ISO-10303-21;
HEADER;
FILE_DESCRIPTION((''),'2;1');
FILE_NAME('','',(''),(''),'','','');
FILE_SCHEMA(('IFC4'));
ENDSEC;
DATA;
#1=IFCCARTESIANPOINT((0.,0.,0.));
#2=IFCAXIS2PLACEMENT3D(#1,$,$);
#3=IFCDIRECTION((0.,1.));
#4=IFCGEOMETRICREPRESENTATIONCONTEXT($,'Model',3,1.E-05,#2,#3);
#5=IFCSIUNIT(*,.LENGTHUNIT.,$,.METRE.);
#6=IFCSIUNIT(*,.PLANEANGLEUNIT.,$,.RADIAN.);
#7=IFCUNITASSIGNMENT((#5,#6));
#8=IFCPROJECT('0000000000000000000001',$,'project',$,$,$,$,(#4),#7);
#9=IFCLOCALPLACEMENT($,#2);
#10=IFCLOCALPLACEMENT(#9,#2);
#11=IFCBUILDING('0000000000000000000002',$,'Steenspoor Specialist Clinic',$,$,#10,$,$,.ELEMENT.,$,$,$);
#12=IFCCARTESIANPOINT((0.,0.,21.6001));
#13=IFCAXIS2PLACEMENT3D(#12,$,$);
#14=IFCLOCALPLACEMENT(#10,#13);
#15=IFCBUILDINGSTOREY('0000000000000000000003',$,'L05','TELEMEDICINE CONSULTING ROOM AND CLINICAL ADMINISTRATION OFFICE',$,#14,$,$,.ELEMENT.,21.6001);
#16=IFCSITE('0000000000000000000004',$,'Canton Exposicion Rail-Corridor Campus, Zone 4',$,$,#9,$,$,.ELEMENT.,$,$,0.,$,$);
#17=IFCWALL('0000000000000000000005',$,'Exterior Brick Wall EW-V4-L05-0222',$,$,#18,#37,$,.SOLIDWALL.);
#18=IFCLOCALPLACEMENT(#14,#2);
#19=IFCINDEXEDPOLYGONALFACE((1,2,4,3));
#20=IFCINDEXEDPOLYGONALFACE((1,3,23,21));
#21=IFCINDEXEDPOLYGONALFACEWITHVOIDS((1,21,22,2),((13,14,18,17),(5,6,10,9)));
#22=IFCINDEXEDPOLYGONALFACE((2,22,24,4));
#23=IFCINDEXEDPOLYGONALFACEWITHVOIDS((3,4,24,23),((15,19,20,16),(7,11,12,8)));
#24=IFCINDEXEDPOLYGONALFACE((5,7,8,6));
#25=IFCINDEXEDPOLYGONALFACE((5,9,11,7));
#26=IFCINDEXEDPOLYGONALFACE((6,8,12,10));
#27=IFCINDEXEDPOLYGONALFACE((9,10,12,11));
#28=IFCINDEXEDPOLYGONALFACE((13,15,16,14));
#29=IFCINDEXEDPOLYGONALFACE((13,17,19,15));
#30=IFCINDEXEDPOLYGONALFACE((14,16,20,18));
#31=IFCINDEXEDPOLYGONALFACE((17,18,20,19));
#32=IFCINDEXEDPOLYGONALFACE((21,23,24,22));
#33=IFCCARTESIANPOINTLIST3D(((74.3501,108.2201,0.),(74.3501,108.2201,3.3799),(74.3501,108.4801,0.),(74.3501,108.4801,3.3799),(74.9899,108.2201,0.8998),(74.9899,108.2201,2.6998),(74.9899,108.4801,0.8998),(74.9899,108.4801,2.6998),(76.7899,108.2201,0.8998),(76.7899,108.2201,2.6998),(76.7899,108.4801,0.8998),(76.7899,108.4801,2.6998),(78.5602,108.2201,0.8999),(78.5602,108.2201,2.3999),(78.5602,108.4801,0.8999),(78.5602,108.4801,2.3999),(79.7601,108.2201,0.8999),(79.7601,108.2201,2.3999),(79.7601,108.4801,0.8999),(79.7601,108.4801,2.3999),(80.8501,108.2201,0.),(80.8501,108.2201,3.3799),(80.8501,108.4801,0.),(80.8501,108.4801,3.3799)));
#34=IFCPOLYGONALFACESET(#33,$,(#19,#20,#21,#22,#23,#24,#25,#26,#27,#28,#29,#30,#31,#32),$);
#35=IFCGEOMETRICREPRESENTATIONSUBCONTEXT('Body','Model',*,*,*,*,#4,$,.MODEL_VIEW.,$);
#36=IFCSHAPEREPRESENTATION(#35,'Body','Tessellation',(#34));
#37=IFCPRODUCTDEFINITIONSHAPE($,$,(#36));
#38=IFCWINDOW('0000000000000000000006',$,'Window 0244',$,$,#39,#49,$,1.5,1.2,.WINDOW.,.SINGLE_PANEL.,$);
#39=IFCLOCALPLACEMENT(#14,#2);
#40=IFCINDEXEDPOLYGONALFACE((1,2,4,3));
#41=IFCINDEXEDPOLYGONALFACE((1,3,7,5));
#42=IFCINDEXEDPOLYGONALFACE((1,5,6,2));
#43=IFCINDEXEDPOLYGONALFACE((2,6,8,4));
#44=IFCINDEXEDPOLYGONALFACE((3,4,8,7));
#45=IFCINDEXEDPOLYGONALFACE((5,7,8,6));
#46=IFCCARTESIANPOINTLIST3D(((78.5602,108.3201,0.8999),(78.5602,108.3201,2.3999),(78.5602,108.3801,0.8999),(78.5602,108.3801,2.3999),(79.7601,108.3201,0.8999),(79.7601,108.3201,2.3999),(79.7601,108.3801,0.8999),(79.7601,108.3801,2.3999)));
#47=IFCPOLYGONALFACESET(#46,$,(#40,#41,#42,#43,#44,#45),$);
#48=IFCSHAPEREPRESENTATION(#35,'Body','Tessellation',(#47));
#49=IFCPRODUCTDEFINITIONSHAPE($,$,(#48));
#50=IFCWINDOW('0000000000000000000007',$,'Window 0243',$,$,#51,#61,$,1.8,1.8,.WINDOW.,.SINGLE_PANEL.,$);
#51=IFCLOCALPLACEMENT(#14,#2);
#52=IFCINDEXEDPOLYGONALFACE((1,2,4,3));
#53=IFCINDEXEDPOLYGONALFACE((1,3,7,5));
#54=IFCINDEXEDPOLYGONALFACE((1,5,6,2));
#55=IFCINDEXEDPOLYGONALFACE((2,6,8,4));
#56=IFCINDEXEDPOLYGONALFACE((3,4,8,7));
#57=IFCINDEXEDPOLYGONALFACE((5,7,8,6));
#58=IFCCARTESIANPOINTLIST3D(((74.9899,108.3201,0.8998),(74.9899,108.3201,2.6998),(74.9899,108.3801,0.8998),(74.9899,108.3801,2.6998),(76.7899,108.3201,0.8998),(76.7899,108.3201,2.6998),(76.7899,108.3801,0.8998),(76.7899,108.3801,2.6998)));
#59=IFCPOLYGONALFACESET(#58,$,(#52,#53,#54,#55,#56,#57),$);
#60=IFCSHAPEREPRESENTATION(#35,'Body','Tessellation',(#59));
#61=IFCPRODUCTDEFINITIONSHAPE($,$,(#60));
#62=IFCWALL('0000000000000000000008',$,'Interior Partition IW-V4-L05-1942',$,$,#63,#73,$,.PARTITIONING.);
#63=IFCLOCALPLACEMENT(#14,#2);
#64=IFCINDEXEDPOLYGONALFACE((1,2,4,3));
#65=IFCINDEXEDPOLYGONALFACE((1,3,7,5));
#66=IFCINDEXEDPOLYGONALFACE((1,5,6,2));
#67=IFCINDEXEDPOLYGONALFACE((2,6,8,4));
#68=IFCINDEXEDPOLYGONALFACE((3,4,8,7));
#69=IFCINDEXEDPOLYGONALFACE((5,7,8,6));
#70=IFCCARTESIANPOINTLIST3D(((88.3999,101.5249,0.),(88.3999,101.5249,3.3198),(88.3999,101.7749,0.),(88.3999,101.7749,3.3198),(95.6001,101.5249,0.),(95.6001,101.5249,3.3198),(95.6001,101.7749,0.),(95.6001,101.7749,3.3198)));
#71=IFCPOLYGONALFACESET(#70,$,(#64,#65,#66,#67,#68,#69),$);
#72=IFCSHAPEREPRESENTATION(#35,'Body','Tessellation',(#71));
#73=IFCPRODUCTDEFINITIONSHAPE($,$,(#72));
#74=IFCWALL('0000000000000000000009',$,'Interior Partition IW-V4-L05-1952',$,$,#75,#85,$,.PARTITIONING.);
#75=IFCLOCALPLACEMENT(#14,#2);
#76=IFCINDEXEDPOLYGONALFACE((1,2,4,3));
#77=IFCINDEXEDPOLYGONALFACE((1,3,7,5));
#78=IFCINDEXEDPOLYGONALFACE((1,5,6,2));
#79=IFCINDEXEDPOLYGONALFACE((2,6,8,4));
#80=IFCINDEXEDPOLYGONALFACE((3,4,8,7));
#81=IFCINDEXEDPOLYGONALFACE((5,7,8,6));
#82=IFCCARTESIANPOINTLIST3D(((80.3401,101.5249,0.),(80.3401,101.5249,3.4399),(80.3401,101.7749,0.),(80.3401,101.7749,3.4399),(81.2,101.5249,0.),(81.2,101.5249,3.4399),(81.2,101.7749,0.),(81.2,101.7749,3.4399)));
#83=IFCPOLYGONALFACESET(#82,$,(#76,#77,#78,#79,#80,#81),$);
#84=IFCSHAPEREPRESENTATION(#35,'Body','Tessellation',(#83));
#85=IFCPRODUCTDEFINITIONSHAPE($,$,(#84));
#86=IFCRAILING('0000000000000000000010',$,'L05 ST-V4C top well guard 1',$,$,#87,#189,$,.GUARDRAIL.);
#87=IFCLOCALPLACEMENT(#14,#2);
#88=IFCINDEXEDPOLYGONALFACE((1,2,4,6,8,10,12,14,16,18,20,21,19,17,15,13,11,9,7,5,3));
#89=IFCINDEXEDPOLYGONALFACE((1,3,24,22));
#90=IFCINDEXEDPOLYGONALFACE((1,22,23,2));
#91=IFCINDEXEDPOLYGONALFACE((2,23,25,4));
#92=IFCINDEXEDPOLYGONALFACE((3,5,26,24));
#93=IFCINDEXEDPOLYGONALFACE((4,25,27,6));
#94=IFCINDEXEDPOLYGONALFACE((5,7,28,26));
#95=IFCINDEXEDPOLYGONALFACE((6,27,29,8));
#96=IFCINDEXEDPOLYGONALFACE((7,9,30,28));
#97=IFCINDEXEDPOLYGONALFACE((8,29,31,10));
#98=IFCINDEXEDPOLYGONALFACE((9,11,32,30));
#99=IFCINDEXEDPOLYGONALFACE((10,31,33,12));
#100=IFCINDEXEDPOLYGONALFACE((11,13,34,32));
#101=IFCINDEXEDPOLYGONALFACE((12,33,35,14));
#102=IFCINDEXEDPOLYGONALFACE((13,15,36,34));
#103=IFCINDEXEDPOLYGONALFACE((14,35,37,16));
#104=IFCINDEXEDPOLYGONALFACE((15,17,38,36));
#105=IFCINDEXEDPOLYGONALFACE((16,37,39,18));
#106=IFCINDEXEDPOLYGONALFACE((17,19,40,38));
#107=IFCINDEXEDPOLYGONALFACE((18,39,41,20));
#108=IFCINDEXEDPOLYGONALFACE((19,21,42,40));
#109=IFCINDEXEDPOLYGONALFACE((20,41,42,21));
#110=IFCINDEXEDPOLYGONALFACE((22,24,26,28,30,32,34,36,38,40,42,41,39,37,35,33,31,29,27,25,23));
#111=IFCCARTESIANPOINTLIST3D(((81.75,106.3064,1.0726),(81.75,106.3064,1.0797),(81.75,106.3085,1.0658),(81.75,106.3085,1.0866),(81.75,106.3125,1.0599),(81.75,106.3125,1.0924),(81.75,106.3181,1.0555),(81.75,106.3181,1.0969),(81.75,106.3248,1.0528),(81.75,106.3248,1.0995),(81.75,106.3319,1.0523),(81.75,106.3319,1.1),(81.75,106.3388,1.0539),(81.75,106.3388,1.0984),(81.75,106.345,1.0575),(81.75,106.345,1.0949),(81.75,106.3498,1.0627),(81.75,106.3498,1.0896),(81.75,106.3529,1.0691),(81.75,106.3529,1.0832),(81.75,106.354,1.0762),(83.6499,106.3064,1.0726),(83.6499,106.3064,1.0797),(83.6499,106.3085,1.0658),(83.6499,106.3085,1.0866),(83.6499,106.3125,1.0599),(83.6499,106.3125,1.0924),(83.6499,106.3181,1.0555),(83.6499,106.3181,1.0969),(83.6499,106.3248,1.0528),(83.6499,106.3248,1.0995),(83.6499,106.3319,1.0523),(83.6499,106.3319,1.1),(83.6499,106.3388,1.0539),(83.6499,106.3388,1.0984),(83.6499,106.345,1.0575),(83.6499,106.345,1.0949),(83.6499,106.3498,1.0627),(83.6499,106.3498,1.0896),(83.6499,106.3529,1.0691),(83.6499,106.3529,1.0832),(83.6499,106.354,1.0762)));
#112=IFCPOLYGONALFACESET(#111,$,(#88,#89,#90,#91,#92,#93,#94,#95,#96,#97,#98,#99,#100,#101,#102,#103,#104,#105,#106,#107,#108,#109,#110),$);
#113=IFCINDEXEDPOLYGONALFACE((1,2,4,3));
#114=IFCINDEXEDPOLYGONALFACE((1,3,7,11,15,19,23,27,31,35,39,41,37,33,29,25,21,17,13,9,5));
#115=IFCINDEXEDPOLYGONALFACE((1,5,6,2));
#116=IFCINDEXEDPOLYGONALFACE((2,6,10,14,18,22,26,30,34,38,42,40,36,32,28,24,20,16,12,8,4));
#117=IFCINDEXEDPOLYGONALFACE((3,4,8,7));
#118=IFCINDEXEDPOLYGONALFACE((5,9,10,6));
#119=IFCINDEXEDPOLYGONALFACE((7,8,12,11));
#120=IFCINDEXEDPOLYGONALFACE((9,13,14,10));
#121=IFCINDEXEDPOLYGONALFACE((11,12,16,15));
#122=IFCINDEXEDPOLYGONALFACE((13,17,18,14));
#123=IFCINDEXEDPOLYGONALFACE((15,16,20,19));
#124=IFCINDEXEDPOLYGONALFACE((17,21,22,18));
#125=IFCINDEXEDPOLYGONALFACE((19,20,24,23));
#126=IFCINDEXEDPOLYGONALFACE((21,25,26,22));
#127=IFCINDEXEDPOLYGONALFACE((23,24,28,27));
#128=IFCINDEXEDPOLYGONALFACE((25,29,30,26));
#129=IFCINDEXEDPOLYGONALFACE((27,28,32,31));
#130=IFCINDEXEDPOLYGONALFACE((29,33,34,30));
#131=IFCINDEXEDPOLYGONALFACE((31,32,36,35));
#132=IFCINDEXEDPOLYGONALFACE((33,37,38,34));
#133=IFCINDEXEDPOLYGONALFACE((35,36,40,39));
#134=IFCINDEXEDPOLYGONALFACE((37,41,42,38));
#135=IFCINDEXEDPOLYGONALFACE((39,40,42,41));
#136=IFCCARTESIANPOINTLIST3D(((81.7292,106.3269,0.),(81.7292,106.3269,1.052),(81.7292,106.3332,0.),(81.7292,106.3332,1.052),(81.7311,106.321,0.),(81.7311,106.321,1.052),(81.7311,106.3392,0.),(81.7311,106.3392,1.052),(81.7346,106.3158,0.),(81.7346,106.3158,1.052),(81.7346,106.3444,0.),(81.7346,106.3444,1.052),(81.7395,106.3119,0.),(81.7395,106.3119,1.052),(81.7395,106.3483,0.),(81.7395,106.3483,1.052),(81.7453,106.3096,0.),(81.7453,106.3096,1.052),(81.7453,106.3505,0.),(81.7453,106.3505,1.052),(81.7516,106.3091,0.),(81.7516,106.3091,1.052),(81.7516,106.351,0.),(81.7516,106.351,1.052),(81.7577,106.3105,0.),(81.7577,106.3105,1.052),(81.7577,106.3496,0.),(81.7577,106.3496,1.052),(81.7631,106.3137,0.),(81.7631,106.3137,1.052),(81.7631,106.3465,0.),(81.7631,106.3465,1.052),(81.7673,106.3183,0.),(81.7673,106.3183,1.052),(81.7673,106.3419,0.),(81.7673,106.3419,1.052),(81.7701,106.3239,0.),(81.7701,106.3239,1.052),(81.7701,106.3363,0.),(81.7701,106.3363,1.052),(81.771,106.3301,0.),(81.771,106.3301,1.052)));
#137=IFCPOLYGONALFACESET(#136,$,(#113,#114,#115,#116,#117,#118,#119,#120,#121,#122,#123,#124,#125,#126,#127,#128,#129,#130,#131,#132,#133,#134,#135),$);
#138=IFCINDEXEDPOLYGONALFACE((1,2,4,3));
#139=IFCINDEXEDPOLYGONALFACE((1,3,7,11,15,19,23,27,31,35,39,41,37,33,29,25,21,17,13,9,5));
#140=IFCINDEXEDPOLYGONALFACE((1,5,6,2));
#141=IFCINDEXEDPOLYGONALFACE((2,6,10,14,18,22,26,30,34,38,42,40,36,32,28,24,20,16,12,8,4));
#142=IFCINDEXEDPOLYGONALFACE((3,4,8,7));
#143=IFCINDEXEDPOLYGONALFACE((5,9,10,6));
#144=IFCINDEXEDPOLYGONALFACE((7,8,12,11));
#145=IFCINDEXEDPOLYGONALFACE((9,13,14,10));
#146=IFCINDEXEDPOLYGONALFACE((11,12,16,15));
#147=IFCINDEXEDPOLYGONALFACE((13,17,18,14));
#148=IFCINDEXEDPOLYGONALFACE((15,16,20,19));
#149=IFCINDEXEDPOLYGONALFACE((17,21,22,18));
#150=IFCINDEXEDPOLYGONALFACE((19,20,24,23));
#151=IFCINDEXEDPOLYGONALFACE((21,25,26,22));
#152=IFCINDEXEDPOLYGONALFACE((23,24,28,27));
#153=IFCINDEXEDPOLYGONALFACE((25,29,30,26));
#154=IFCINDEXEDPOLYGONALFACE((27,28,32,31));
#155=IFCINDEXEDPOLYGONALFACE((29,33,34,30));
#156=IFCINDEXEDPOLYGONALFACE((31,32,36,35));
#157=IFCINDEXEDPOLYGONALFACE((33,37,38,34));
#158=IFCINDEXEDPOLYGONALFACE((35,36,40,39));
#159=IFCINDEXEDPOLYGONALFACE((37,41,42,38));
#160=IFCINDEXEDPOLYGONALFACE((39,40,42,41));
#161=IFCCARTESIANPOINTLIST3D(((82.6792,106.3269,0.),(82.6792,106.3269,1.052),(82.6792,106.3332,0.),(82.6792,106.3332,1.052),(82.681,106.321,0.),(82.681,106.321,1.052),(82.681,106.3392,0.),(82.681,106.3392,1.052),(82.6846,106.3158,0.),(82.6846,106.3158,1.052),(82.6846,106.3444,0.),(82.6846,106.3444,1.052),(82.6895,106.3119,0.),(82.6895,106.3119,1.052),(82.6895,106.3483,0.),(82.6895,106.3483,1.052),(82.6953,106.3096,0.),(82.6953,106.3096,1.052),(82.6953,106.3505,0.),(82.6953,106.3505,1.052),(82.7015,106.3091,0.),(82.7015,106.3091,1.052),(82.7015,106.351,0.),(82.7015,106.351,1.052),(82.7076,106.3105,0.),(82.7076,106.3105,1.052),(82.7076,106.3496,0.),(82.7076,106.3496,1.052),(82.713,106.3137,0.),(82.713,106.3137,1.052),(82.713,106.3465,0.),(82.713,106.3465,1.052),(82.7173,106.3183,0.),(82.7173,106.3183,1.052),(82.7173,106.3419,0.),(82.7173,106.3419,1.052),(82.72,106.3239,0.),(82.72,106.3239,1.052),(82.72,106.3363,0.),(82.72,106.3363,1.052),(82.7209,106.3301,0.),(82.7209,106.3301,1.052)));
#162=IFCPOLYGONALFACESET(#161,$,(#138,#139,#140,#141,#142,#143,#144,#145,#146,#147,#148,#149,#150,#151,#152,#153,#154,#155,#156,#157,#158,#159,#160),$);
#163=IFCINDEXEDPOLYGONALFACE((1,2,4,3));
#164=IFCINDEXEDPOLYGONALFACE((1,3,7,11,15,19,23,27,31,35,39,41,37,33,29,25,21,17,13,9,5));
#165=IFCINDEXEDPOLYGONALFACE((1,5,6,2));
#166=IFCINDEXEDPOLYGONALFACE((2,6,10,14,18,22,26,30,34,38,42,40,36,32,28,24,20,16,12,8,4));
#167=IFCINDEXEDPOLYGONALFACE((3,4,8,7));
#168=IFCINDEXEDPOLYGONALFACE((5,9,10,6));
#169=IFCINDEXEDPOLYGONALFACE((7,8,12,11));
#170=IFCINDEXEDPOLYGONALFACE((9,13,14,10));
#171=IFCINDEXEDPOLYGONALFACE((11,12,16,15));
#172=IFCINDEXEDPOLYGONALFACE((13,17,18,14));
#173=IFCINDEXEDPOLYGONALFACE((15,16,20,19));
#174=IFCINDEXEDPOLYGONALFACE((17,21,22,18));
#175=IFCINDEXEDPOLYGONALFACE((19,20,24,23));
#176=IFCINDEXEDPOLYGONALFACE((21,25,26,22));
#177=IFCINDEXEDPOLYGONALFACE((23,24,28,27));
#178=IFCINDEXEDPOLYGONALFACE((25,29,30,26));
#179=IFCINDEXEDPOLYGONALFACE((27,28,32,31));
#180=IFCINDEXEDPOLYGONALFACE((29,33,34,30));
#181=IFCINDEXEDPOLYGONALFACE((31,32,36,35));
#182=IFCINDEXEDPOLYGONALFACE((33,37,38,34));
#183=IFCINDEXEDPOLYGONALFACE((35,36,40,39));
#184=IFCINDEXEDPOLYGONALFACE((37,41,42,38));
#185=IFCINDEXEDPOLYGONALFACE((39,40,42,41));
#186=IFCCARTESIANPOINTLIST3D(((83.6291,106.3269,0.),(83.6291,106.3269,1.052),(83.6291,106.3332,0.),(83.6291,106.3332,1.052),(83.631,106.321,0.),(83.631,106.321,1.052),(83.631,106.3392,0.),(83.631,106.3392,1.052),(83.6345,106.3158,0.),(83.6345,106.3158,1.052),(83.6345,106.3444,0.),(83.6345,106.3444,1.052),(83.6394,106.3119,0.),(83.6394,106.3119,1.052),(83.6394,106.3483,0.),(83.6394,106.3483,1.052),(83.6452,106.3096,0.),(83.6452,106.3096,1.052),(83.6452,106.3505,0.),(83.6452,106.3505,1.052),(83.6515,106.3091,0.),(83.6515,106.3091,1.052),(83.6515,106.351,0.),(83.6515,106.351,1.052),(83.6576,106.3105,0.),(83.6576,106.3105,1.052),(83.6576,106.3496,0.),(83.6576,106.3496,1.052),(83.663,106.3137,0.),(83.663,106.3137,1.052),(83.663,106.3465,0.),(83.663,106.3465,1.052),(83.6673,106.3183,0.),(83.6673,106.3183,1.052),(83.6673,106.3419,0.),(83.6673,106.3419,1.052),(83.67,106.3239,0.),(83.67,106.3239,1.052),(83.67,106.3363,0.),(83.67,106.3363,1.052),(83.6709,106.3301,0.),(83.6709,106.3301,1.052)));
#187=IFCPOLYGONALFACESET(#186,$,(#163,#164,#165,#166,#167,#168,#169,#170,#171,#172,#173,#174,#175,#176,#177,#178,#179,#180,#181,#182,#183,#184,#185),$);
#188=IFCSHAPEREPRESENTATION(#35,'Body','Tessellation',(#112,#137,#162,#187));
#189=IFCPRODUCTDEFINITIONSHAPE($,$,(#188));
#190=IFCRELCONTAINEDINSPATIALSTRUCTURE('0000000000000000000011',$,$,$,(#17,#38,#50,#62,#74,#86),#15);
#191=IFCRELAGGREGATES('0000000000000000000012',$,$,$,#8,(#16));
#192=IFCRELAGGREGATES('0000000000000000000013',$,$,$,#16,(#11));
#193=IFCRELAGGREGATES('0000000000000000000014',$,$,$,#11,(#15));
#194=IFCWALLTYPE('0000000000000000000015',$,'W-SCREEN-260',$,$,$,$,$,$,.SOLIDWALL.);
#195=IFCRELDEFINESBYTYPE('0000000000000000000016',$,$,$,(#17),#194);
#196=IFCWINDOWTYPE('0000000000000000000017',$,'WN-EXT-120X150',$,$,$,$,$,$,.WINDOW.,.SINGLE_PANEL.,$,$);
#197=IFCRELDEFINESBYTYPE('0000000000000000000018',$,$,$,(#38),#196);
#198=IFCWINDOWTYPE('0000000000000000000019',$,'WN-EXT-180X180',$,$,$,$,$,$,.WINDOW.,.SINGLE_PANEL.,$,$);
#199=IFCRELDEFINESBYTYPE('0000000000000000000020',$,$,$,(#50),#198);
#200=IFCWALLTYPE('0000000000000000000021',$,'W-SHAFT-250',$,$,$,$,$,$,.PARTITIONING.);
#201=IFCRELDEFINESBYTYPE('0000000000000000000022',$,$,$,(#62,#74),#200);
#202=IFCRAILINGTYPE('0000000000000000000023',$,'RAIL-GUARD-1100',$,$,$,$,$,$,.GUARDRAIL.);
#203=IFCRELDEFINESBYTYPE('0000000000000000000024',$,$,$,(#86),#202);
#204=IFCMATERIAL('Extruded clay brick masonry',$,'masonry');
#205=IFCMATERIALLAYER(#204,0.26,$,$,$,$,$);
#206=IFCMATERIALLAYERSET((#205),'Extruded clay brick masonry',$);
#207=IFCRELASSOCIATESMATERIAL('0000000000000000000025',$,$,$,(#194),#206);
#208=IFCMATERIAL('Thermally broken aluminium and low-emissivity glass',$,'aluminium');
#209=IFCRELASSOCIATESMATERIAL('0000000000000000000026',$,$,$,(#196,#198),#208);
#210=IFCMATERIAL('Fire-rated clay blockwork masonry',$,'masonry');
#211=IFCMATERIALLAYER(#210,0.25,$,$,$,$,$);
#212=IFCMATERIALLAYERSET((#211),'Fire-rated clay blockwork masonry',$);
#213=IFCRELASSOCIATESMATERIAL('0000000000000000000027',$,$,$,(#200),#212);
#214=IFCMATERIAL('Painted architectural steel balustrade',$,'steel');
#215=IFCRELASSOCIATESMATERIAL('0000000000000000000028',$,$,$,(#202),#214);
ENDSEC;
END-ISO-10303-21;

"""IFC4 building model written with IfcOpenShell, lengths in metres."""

from ifc_helpers import new_model, si_unit, direction, frame, frame_2d, origin, origin_2d, place, context, subcontext, project, spatial, rectangle, circle, extrude, material, layer, layer_set, type_object, element, fill, save


model = new_model("IFC4")

# Units and contexts
model_context = context("Model", 3, precision=1e-05, world=origin(), true_north=direction((0.0, 1.0)))
body_context = subcontext(model_context, "Body", "Model", "MODEL_VIEW")
ifc_project = project(units=[si_unit("LENGTHUNIT", "METRE"), si_unit("PLANEANGLEUNIT", "RADIAN")], contexts=[model_context])

# Site, building, storey
site_placement = place(None, origin())
site = spatial("IfcSite", under=ifc_project, at=site_placement, Name="Canton Exposicion Rail-Corridor Campus, Zone 4", CompositionType="ELEMENT", RefElevation=0.0)
building_placement = place(site_placement, origin())
building = spatial("IfcBuilding", under=site, at=building_placement, Name="Steenspoor Specialist Clinic", CompositionType="ELEMENT")
storey_placement = place(building_placement, frame((0.0, 0.0, 21.6001)))
storey = spatial("IfcBuildingStorey", under=building, at=storey_placement, Name="L05", Description="TELEMEDICINE CONSULTING ROOM AND CLINICAL ADMINISTRATION OFFICE", CompositionType="ELEMENT", Elevation=21.6001)

# Shared definitions
ifc_material_1 = material(Name="Thermally broken aluminium and low-emissivity glass", Category="aluminium")

# Shared definitions
ifc_material_2 = material(Name="Extruded clay brick masonry", Category="masonry")

# Wall, openings, windows
ifc_layer_1 = layer(ifc_material_2, 0.26)
ifc_layer_set_1 = layer_set([ifc_layer_1], Name="Extruded clay brick masonry")
wall_type_1 = type_object("IfcWallType", Name="W-SCREEN-260", PredefinedType="SOLIDWALL", material=ifc_layer_set_1)
wall_1_placement = place(storey_placement, frame((74.3501, 108.3501, 0.0), z_axis=(0.0, 0.0, 1.0), x_axis=(1.0, 0.0, 0.0)))
wall_1 = element("IfcWall", 1, at=wall_1_placement, inside=storey, type_object=wall_type_1, Name="Exterior Brick Wall EW-V4-L05-0222", PredefinedType="SOLIDWALL", context=body_context, shape_type="SweptSolid", body=[
    extrude(rectangle(XDim=6.5, YDim=0.26, at=frame_2d((3.25, 0.0))), origin(), (0.0, 0.0, 1.0), 3.3799),
])
opening_1_placement = place(wall_1_placement, frame((0.6399, 0.0, 0.8999)))
opening_1 = element("IfcOpeningElement", 2, at=opening_1_placement, cuts=wall_1, PredefinedType="OPENING", context=body_context, shape_type="SweptSolid", body=[
    extrude(rectangle(XDim=1.8, YDim=1.8, at=frame_2d((0.8999, 0.8999))), frame((0.0, 0.1401, 0.0), z_axis=(0.0, -1.0, 0.0), x_axis=(1.0, 0.0, 0.0)), (0.0, 0.0, 1.0), 0.28),
])
opening_2_placement = place(wall_1_placement, frame((4.21, 0.0, 0.8999)))
opening_2 = element("IfcOpeningElement", 3, at=opening_2_placement, cuts=wall_1, PredefinedType="OPENING", context=body_context, shape_type="SweptSolid", body=[
    extrude(rectangle(XDim=1.2, YDim=1.5, at=frame_2d((0.6001, 0.75))), frame((0.0, 0.1401, 0.0), z_axis=(0.0, -1.0, 0.0), x_axis=(1.0, 0.0, 0.0)), (0.0, 0.0, 1.0), 0.28),
])
window_type_1 = type_object("IfcWindowType", Name="WN-EXT-120X150", PartitioningType="SINGLE_PANEL", PredefinedType="WINDOW", material=ifc_material_1)
window_1_placement = place(opening_2_placement, origin())
window_1 = element("IfcWindow", 4, at=window_1_placement, inside=storey, type_object=window_type_1, Name="Window 0244", OverallHeight=1.5, OverallWidth=1.2, PartitioningType="SINGLE_PANEL", PredefinedType="WINDOW", context=body_context, shape_type="SweptSolid", body=[
    extrude(rectangle(XDim=1.2, YDim=1.5, at=frame_2d((0.6001, 0.75))), frame((0.0, 0.03, 0.0), z_axis=(0.0, -1.0, 0.0), x_axis=(1.0, 0.0, 0.0)), (0.0, 0.0, 1.0), 0.0601),
])
fill(opening_2, window_1)
window_type_2 = type_object("IfcWindowType", Name="WN-EXT-180X180", PartitioningType="SINGLE_PANEL", PredefinedType="WINDOW", material=ifc_material_1)
window_2_placement = place(opening_1_placement, origin())
window_2 = element("IfcWindow", 5, at=window_2_placement, inside=storey, type_object=window_type_2, Name="Window 0243", OverallHeight=1.8, OverallWidth=1.8, PartitioningType="SINGLE_PANEL", PredefinedType="WINDOW", context=body_context, shape_type="SweptSolid", body=[
    extrude(rectangle(XDim=1.8, YDim=1.8, at=frame_2d((0.8999, 0.8999))), frame((0.0, 0.03, 0.0), z_axis=(0.0, -1.0, 0.0), x_axis=(1.0, 0.0, 0.0)), (0.0, 0.0, 1.0), 0.0601),
])
fill(opening_1, window_2)

# Walls
ifc_material_3 = material(Name="Fire-rated clay blockwork masonry", Category="masonry")
ifc_layer_2 = layer(ifc_material_3, 0.25)
ifc_layer_set_2 = layer_set([ifc_layer_2], Name="Fire-rated clay blockwork masonry")
wall_type_2 = type_object("IfcWallType", Name="W-SHAFT-250", PredefinedType="PARTITIONING", material=ifc_layer_set_2)
wall_2_placement = place(storey_placement, frame((88.3999, 101.6499, 0.0), z_axis=(0.0, 0.0, 1.0), x_axis=(1.0, 0.0, 0.0)))
element("IfcWall", 6, at=wall_2_placement, inside=storey, type_object=wall_type_2, Name="Interior Partition IW-V4-L05-1942", PredefinedType="PARTITIONING", context=body_context, shape_type="SweptSolid", body=[
    extrude(rectangle(XDim=7.2002, YDim=0.25, at=frame_2d((3.6001, 0.0))), origin(), (0.0, 0.0, 1.0), 3.3198),
])
wall_3_placement = place(storey_placement, frame((80.3401, 101.6499, 0.0), z_axis=(0.0, 0.0, 1.0), x_axis=(1.0, 0.0, 0.0)))
element("IfcWall", 7, at=wall_3_placement, inside=storey, type_object=wall_type_2, Name="Interior Partition IW-V4-L05-1952", PredefinedType="PARTITIONING", context=body_context, shape_type="SweptSolid", body=[
    extrude(rectangle(XDim=0.8599, YDim=0.25, at=frame_2d((0.4299, 0.0))), origin(), (0.0, 0.0, 1.0), 3.4399),
])

# Railing
ifc_material_4 = material(Name="Painted architectural steel balustrade", Category="steel")
railing_type = type_object("IfcRailingType", Name="RAIL-GUARD-1100", PredefinedType="GUARDRAIL", material=ifc_material_4)
railing_placement = place(storey_placement, frame((81.75, 106.3301, 0.0)))
element("IfcRailing", 8, at=railing_placement, inside=storey, type_object=railing_type, Name="L05 ST-V4C top well guard 1", PredefinedType="GUARDRAIL", context=body_context, shape_type="SweptSolid", body=[
    extrude(circle(Radius=0.0239, at=origin_2d()), frame((0.0, 0.0, 1.0762), z_axis=(1.0, 0.0, 0.0), x_axis=(0.0, 1.0, 0.0)), (0.0, 0.0, 1.0), 1.8999),
    extrude(circle(Radius=0.021, at=origin_2d()), origin(), (0.0, 0.0, 1.0), 1.052),
    extrude(circle(Radius=0.021, at=origin_2d()), frame((0.95, 0.0, 0.0)), (0.0, 0.0, 1.0), 1.052),
    extrude(circle(Radius=0.021, at=origin_2d()), frame((1.8999, 0.0, 0.0)), (0.0, 0.0, 1.0), 1.052),
])

save(model, "model.ifc")
